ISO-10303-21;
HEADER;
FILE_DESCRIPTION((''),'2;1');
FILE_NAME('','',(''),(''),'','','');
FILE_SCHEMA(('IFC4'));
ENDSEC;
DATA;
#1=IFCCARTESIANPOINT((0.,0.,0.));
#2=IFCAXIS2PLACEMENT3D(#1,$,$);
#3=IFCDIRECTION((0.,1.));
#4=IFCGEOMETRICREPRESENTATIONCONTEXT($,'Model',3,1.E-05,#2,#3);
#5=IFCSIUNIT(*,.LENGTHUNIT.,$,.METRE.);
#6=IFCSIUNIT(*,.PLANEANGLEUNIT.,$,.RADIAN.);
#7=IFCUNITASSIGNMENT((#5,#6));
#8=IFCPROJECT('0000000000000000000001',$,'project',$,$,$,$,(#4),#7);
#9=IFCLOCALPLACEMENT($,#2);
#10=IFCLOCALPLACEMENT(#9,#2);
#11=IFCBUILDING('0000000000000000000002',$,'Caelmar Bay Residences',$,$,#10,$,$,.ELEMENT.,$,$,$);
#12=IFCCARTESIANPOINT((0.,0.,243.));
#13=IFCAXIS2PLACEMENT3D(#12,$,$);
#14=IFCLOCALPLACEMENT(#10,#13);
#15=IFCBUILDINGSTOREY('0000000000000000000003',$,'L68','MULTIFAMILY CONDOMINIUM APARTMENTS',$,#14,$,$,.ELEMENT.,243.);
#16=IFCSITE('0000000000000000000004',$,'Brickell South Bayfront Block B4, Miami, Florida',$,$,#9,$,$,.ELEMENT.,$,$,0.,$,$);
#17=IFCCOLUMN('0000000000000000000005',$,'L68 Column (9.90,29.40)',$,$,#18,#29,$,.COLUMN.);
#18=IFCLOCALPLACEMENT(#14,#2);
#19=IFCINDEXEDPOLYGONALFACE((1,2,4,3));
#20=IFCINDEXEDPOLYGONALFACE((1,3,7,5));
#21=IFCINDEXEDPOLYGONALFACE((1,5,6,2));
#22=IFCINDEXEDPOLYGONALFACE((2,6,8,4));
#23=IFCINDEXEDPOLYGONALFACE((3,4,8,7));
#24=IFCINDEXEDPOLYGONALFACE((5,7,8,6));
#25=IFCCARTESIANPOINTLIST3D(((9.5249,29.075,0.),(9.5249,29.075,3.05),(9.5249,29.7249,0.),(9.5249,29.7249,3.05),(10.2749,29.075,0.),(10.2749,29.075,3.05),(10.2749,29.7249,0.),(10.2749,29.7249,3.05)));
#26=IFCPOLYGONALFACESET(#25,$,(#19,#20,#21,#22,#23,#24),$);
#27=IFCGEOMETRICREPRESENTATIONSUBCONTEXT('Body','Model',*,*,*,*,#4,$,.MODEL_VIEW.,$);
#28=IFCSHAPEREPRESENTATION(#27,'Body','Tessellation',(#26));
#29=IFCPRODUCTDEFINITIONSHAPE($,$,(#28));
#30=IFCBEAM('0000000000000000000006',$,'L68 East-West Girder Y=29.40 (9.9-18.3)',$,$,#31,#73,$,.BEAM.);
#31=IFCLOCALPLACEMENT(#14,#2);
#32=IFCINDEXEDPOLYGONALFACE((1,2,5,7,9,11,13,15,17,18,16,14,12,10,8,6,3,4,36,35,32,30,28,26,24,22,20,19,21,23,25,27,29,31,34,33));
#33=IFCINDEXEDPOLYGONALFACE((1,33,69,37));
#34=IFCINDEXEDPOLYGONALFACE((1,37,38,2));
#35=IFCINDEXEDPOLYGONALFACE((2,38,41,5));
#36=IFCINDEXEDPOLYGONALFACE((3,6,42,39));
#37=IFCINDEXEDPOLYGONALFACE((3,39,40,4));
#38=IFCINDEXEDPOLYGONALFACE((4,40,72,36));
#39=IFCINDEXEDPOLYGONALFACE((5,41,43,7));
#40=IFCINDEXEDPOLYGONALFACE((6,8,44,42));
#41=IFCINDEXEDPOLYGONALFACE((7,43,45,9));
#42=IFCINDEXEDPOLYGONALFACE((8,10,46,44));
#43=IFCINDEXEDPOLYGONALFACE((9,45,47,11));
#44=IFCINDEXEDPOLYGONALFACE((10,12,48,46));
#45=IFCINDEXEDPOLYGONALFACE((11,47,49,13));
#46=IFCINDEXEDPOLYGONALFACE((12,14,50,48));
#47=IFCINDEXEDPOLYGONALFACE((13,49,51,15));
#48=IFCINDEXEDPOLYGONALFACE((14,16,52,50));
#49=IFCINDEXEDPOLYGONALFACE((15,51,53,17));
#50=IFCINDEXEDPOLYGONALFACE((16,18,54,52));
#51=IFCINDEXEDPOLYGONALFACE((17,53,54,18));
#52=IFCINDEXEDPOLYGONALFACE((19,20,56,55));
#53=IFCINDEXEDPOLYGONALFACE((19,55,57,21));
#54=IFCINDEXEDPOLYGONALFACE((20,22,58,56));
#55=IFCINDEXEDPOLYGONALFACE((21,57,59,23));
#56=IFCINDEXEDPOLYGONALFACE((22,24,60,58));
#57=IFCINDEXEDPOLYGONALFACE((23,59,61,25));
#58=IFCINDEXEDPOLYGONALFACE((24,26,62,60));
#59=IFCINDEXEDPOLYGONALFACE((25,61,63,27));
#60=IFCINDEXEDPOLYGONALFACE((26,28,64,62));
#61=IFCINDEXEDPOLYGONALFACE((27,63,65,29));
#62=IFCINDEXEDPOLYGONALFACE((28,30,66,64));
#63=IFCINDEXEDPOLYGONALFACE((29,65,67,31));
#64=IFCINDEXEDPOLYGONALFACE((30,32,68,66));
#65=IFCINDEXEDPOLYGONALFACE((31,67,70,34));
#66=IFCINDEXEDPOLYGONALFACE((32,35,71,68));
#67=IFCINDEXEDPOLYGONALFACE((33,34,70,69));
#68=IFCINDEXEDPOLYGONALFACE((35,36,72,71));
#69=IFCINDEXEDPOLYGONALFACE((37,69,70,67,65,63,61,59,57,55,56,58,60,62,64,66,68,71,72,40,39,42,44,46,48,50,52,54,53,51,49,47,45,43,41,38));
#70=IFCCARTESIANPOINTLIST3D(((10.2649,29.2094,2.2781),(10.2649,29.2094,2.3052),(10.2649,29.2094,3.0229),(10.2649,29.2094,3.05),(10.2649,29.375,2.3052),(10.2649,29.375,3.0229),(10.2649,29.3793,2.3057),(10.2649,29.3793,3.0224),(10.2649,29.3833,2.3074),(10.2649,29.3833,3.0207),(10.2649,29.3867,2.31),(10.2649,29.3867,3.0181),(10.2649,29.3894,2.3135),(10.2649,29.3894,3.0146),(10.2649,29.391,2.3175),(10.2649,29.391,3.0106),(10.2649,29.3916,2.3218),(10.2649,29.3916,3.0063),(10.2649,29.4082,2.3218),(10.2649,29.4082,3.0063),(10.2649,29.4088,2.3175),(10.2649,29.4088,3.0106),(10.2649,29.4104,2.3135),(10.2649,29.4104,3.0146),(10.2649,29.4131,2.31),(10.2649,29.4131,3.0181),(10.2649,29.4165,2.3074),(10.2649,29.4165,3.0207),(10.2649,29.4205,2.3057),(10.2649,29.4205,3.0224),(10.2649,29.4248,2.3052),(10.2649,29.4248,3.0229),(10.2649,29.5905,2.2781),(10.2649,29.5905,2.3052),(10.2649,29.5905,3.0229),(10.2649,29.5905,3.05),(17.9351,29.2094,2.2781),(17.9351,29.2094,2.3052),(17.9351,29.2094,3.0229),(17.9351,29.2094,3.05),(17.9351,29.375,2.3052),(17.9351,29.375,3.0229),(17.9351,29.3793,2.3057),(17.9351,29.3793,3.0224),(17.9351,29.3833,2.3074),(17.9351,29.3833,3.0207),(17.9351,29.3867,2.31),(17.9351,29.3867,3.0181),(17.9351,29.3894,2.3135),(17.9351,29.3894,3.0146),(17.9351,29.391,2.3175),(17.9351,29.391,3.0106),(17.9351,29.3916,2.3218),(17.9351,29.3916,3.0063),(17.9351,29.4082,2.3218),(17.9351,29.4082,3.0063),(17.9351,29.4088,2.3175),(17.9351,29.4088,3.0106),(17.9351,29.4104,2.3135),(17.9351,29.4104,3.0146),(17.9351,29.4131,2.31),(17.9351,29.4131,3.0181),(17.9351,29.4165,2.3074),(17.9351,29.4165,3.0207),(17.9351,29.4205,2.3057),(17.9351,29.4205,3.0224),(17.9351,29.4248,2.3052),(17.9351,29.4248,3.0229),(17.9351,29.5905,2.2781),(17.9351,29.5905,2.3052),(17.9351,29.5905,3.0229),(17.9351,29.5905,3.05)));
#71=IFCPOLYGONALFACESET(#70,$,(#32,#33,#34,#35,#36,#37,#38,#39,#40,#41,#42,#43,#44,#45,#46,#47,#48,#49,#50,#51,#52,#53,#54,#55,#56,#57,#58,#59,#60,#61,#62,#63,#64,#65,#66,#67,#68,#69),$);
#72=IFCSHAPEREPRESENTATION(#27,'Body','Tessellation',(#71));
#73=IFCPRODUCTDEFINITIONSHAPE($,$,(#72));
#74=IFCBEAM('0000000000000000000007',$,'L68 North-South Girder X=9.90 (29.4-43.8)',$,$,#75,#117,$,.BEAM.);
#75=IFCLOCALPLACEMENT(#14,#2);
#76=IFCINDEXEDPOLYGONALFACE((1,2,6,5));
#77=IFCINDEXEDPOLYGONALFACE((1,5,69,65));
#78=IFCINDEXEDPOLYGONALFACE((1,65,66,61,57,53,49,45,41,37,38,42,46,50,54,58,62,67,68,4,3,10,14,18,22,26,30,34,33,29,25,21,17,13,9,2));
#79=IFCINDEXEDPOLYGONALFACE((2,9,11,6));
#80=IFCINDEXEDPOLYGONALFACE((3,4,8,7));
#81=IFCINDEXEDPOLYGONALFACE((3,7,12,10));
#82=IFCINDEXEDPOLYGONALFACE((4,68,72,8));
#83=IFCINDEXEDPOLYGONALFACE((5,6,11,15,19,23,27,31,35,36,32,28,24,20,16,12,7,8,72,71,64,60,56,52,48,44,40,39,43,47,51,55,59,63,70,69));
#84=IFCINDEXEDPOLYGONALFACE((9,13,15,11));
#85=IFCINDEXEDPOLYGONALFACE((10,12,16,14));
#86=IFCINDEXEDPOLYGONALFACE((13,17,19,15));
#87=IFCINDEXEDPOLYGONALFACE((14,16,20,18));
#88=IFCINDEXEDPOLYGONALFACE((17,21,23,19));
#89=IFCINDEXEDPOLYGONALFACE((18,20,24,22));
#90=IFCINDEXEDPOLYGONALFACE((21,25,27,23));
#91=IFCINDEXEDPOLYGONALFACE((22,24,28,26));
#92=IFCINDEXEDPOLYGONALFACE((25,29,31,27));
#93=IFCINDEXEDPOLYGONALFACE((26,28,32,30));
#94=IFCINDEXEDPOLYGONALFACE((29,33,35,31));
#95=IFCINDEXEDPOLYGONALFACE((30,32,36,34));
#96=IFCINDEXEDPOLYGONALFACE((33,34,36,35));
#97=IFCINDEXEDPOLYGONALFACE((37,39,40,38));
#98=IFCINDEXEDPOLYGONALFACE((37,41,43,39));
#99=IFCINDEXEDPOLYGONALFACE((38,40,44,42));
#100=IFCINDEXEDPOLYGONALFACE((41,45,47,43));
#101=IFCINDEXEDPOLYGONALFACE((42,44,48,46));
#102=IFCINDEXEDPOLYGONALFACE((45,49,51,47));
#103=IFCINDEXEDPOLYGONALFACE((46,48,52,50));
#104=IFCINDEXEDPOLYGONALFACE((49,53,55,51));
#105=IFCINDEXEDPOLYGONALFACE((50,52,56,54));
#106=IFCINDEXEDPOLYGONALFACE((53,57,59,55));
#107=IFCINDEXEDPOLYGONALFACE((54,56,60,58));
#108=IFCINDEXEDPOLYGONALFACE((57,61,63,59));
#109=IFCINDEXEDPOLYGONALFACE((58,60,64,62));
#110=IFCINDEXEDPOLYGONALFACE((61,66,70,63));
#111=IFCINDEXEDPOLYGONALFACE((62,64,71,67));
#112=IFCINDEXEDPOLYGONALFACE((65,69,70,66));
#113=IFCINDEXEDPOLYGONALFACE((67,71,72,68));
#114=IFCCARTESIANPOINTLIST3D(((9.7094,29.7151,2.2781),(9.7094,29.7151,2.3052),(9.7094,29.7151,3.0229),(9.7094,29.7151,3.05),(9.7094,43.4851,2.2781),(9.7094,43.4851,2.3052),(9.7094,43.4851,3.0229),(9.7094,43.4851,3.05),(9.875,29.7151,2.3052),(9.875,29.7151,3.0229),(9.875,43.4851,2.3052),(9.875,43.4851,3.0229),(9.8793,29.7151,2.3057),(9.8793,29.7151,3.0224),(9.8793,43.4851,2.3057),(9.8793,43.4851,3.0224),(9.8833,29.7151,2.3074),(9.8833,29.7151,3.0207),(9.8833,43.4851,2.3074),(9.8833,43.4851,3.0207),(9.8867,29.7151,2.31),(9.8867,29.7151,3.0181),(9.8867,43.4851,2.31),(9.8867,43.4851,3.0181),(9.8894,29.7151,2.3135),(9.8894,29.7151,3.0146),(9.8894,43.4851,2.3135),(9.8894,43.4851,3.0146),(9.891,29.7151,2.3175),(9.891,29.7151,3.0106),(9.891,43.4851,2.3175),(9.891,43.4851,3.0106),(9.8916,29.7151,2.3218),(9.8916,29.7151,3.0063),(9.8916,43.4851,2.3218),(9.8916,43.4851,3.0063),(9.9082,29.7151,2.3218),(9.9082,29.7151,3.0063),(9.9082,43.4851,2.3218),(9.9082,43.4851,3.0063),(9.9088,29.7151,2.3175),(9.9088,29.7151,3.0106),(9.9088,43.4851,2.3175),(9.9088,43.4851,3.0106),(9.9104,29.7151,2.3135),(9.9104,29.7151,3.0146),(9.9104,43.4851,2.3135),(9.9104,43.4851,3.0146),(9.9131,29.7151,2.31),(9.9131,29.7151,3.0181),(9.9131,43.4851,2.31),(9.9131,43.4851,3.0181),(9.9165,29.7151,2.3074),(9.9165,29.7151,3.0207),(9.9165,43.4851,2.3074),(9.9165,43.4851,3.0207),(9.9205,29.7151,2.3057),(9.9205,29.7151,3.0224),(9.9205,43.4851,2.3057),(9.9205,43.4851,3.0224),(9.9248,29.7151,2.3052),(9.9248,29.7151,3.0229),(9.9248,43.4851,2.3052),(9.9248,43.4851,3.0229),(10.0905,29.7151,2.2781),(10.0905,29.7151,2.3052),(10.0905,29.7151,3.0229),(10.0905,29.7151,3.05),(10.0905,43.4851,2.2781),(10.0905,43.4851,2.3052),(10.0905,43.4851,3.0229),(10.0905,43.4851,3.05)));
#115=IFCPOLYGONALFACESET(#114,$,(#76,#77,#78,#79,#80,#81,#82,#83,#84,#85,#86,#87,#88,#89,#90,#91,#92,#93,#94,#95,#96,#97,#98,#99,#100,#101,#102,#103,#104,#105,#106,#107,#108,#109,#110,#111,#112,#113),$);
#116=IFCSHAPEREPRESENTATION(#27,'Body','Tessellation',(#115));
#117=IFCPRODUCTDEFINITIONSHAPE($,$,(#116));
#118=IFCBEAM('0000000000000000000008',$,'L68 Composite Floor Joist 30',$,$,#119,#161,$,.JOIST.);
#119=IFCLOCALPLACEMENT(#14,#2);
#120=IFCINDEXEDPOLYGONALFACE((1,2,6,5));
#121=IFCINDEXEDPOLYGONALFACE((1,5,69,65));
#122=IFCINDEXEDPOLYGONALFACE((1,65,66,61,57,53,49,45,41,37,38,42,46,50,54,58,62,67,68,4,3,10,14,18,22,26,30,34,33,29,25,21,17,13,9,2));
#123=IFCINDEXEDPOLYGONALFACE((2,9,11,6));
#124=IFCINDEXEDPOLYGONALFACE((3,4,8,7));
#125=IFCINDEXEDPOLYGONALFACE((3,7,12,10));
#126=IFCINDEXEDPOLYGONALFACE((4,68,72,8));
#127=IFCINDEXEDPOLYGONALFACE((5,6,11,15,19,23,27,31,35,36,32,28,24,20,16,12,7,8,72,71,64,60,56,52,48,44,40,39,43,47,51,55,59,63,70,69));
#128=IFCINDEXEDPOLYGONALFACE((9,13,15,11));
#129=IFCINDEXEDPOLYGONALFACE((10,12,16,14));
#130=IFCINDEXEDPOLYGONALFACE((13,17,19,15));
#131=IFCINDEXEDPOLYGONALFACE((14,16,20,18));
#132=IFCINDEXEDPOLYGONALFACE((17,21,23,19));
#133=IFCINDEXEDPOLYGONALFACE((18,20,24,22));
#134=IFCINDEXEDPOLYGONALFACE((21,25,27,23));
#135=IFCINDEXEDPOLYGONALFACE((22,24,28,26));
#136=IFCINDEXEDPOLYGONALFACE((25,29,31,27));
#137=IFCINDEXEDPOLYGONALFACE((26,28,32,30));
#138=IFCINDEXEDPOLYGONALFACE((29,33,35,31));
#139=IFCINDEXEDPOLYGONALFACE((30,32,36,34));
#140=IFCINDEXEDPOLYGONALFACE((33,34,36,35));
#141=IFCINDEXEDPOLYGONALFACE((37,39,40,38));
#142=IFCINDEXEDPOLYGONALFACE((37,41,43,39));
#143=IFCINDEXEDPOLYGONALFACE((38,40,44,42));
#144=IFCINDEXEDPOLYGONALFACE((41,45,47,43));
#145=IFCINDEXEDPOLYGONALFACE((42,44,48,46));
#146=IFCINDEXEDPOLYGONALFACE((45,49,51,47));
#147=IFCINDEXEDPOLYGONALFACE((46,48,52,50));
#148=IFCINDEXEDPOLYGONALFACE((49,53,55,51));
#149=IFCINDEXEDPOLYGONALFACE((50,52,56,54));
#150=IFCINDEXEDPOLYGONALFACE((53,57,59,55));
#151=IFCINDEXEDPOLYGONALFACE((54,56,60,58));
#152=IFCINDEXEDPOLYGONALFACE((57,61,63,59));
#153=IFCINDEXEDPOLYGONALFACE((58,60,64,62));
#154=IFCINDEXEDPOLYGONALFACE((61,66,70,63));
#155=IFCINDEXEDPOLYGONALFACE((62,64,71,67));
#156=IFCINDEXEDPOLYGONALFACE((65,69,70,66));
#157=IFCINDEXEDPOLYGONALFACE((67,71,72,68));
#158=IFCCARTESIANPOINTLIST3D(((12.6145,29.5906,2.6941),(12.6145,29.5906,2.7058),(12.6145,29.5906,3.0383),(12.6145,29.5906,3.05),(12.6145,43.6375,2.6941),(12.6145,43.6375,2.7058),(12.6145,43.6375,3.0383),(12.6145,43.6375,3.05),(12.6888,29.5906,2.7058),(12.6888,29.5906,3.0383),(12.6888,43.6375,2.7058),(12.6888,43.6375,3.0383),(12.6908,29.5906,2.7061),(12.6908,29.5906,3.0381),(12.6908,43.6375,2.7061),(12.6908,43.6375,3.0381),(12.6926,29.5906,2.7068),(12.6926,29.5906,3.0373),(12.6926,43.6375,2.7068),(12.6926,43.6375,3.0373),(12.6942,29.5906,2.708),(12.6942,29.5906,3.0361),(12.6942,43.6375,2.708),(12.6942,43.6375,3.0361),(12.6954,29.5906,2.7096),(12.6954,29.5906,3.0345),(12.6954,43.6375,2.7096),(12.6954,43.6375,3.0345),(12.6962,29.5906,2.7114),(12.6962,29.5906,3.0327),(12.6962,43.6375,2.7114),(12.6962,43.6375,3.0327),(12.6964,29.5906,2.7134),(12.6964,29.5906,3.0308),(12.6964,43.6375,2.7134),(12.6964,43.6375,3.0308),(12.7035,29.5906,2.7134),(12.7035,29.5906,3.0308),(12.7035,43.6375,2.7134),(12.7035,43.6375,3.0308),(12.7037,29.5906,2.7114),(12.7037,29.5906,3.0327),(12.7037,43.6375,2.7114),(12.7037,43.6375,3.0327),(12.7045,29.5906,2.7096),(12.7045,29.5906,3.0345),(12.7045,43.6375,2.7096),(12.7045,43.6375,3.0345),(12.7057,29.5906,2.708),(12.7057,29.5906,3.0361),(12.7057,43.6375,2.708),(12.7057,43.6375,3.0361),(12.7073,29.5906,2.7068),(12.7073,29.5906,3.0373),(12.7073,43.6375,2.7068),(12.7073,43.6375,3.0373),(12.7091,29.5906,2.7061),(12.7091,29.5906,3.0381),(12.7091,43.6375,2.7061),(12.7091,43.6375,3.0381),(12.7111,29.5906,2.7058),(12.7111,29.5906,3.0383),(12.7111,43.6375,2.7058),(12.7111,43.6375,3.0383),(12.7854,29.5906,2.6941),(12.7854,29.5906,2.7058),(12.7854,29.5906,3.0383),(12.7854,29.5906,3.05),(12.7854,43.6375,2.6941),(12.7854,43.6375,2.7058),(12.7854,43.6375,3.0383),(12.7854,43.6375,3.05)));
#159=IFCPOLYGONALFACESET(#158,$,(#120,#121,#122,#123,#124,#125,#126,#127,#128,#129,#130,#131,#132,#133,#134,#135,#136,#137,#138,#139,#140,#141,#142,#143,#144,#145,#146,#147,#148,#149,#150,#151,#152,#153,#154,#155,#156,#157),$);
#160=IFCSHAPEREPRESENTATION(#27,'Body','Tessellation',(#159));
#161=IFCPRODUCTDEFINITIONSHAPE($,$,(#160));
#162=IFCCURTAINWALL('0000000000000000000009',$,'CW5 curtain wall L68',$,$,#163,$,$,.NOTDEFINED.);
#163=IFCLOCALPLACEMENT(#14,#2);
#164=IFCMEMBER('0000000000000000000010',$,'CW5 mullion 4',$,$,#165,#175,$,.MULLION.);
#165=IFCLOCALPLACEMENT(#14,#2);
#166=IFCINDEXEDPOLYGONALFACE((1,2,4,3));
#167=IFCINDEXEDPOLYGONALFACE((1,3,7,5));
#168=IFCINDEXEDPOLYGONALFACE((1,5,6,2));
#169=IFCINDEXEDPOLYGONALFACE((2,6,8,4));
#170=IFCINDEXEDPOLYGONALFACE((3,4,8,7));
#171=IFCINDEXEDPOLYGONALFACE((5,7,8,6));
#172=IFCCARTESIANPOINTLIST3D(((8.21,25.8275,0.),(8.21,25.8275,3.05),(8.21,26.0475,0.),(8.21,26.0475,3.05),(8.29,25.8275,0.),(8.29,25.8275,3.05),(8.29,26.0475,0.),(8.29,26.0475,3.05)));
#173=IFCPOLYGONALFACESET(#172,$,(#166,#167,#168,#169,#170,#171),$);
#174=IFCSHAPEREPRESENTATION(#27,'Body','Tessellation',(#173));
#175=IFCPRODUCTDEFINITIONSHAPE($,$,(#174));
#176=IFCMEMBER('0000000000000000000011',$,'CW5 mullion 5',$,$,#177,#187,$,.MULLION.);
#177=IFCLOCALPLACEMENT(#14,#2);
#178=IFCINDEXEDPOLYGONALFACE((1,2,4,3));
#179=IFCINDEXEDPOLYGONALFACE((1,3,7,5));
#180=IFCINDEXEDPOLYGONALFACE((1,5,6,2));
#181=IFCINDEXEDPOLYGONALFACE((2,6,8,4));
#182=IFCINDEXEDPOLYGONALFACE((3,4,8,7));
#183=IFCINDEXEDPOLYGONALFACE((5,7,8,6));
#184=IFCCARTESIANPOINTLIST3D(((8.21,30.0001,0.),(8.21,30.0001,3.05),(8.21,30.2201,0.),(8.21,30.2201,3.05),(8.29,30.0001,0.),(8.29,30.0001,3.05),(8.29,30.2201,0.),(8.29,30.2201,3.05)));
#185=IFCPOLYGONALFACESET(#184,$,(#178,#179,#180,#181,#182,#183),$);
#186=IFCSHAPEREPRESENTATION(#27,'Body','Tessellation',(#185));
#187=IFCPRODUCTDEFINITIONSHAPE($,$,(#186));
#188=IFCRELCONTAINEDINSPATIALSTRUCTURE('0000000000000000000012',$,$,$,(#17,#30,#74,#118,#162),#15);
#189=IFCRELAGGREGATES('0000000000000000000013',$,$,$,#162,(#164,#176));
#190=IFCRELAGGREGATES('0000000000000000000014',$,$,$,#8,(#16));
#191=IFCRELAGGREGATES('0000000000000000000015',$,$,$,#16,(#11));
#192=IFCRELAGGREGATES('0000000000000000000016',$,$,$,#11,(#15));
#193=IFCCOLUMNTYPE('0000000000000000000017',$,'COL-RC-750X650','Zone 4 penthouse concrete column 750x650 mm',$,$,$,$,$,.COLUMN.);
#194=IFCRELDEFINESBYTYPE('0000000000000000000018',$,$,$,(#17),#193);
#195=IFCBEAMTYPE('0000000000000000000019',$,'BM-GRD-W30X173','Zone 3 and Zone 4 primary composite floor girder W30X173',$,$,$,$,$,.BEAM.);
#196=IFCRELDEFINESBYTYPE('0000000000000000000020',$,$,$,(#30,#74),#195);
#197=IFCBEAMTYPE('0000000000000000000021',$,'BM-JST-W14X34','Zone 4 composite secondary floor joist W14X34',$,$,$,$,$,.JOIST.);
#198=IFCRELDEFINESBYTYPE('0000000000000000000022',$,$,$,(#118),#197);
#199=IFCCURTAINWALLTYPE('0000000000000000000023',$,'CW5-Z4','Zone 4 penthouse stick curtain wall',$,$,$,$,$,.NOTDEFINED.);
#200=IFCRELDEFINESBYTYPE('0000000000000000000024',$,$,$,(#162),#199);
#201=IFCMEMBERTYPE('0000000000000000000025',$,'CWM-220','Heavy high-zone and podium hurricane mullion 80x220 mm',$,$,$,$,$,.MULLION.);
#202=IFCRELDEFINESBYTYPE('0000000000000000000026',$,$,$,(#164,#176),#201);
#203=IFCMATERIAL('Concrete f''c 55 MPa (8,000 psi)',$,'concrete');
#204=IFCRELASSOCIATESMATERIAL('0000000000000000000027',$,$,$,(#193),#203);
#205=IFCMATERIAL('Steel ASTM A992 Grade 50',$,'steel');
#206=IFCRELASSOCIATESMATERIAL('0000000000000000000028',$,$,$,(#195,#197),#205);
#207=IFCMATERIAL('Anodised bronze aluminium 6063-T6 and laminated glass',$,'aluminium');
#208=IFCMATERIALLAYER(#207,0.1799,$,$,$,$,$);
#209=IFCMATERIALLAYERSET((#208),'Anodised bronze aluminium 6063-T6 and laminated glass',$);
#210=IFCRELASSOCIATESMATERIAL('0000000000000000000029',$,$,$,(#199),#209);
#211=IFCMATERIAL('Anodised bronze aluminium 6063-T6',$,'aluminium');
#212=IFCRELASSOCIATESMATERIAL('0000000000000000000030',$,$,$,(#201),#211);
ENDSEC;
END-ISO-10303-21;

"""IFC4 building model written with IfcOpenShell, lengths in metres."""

from ifc_helpers import new_model, si_unit, direction, frame, origin, origin_2d, place, context, subcontext, project, spatial, rectangle, i_section, extrude, material, layer, layer_set, material_profile, profile_set, type_object, element, aggregate, save


model = new_model("IFC4")

# Units and contexts
model_context = context("Model", 3, precision=1e-05, world=origin(), true_north=direction((0.0, 1.0)))
body_context = subcontext(model_context, "Body", "Model", "MODEL_VIEW")
ifc_project = project(units=[si_unit("LENGTHUNIT", "METRE"), si_unit("PLANEANGLEUNIT", "RADIAN")], contexts=[model_context])

# Site, building, storey
site_placement = place(None, origin())
site = spatial("IfcSite", under=ifc_project, at=site_placement, Name="Brickell South Bayfront Block B4, Miami, Florida", CompositionType="ELEMENT", RefElevation=0.0)
building_placement = place(site_placement, origin())
building = spatial("IfcBuilding", under=site, at=building_placement, Name="Caelmar Bay Residences", CompositionType="ELEMENT")
storey_placement = place(building_placement, frame((0.0, 0.0, 243.0)))
storey = spatial("IfcBuildingStorey", under=building, at=storey_placement, Name="L68", Description="MULTIFAMILY CONDOMINIUM APARTMENTS", CompositionType="ELEMENT", Elevation=243.0)

# Column
ifc_material_1 = material(Name="Concrete f'c 55 MPa (8,000 psi)", Category="concrete")
ifc_material_profile_1 = material_profile(ifc_material_1, rectangle(XDim=0.75, YDim=0.6499, at=origin_2d()), Name="RC-COL-750X650")
ifc_profile_set_1 = profile_set([ifc_material_profile_1], Name="Concrete f'c 55 MPa (8,000 psi)")
column_type = type_object("IfcColumnType", Name="COL-RC-750X650", Description="Zone 4 penthouse concrete column 750x650 mm", PredefinedType="COLUMN", material=ifc_profile_set_1)
column_placement = place(storey_placement, frame((9.8999, 29.3999, 0.0), z_axis=(0.0, 0.0, 1.0), x_axis=(1.0, 0.0, 0.0)))
element("IfcColumn", 1, at=column_placement, inside=storey, type_object=column_type, Name="L68 Column (9.90,29.40)", PredefinedType="COLUMN", context=body_context, shape_type="SweptSolid", body=[
    extrude(rectangle(XDim=0.75, YDim=0.6499, at=origin_2d()), origin(), (0.0, 0.0, 1.0), 3.05),
])

# Beams
ifc_material_2 = material(Name="Steel ASTM A992 Grade 50", Category="steel")
ifc_material_profile_2 = material_profile(ifc_material_2, i_section(OverallWidth=0.3811, OverallDepth=0.772, WebThickness=0.0166, FlangeThickness=0.0271, FilletRadius=0.0166, at=origin_2d()), Name="W30X173")
ifc_profile_set_2 = profile_set([ifc_material_profile_2], Name="Steel ASTM A992 Grade 50")
beam_type_1 = type_object("IfcBeamType", Name="BM-GRD-W30X173", Description="Zone 3 and Zone 4 primary composite floor girder W30X173", PredefinedType="BEAM", material=ifc_profile_set_2)
beam_1_placement = place(storey_placement, frame((10.2649, 29.3999, 2.6641), z_axis=(1.0, 0.0, 0.0), x_axis=(0.0, 1.0, 0.0)))
element("IfcBeam", 2, at=beam_1_placement, inside=storey, type_object=beam_type_1, Name="L68 East-West Girder Y=29.40 (9.9-18.3)", PredefinedType="BEAM", context=body_context, shape_type="SweptSolid", body=[
    extrude(i_section(OverallWidth=0.3811, OverallDepth=0.772, WebThickness=0.0166, FlangeThickness=0.0271, FilletRadius=0.0166, at=origin_2d()), origin(), (0.0, 0.0, 1.0), 7.6702),
])
beam_2_placement = place(storey_placement, frame((9.8999, 29.7151, 2.6641), z_axis=(0.0, 1.0, 0.0), x_axis=(-1.0, 0.0, 0.0)))
element("IfcBeam", 3, at=beam_2_placement, inside=storey, type_object=beam_type_1, Name="L68 North-South Girder X=9.90 (29.4-43.8)", PredefinedType="BEAM", context=body_context, shape_type="SweptSolid", body=[
    extrude(i_section(OverallWidth=0.3811, OverallDepth=0.772, WebThickness=0.0166, FlangeThickness=0.0271, FilletRadius=0.0166, at=origin_2d()), origin(), (0.0, 0.0, 1.0), 13.77),
])
ifc_material_profile_3 = material_profile(ifc_material_2, i_section(OverallWidth=0.1709, OverallDepth=0.356, WebThickness=0.0071, FlangeThickness=0.0117, FilletRadius=0.0076, at=origin_2d()), Name="W14X34")
ifc_profile_set_3 = profile_set([ifc_material_profile_3], Name="Steel ASTM A992 Grade 50")
beam_type_2 = type_object("IfcBeamType", Name="BM-JST-W14X34", Description="Zone 4 composite secondary floor joist W14X34", PredefinedType="JOIST", material=ifc_profile_set_3)
beam_3_placement = place(storey_placement, frame((12.7, 29.5906, 2.8721), z_axis=(0.0, 1.0, 0.0), x_axis=(-1.0, 0.0, 0.0)))
element("IfcBeam", 4, at=beam_3_placement, inside=storey, type_object=beam_type_2, Name="L68 Composite Floor Joist 30", PredefinedType="JOIST", context=body_context, shape_type="SweptSolid", body=[
    extrude(i_section(OverallWidth=0.1709, OverallDepth=0.356, WebThickness=0.0071, FlangeThickness=0.0117, FilletRadius=0.0076, at=origin_2d()), origin(), (0.0, 0.0, 1.0), 14.0469),
])

# Curtain wall, members
ifc_material_3 = material(Name="Anodised bronze aluminium 6063-T6 and laminated glass", Category="aluminium")
ifc_layer_1 = layer(ifc_material_3, 0.1799)
ifc_layer_set_1 = layer_set([ifc_layer_1], Name="Anodised bronze aluminium 6063-T6 and laminated glass")
curtain_wall_type = type_object("IfcCurtainWallType", Name="CW5-Z4", Description="Zone 4 penthouse stick curtain wall", PredefinedType="NOTDEFINED", material=ifc_layer_set_1)
curtain_wall_placement = place(storey_placement, origin())
curtain_wall = element("IfcCurtainWall", 5, at=curtain_wall_placement, inside=storey, type_object=curtain_wall_type, Name="CW5 curtain wall L68", PredefinedType="NOTDEFINED")
ifc_material_4 = material(Name="Anodised bronze aluminium 6063-T6", Category="aluminium")
ifc_material_profile_4 = material_profile(ifc_material_4, rectangle(XDim=0.0801, YDim=0.22, at=origin_2d()), Name="CWM-80X220")
ifc_profile_set_4 = profile_set([ifc_material_profile_4], Name="Anodised bronze aluminium 6063-T6")
member_type_1 = type_object("IfcMemberType", Name="CWM-220", Description="Heavy high-zone and podium hurricane mullion 80x220 mm", PredefinedType="MULLION", material=ifc_profile_set_4)
member_1_placement = place(storey_placement, frame((8.25, 25.9375, 0.0), z_axis=(0.0, 0.0, 1.0), x_axis=(-1.0, 0.0, 0.0)))
member_1 = element("IfcMember", 6, at=member_1_placement, type_object=member_type_1, Name="CW5 mullion 4", PredefinedType="MULLION", context=body_context, shape_type="SweptSolid", body=[
    extrude(rectangle(XDim=0.0801, YDim=0.22, at=origin_2d()), origin(), (0.0, 0.0, 1.0), 3.05),
])
member_2_placement = place(storey_placement, frame((8.25, 30.1101, 0.0), z_axis=(0.0, 0.0, 1.0), x_axis=(-1.0, 0.0, 0.0)))
member_2 = element("IfcMember", 7, at=member_2_placement, type_object=member_type_1, Name="CW5 mullion 5", PredefinedType="MULLION", context=body_context, shape_type="SweptSolid", body=[
    extrude(rectangle(XDim=0.0801, YDim=0.22, at=origin_2d()), origin(), (0.0, 0.0, 1.0), 3.05),
])
aggregate(curtain_wall, [member_1, member_2])

save(model, "model.ifc")
